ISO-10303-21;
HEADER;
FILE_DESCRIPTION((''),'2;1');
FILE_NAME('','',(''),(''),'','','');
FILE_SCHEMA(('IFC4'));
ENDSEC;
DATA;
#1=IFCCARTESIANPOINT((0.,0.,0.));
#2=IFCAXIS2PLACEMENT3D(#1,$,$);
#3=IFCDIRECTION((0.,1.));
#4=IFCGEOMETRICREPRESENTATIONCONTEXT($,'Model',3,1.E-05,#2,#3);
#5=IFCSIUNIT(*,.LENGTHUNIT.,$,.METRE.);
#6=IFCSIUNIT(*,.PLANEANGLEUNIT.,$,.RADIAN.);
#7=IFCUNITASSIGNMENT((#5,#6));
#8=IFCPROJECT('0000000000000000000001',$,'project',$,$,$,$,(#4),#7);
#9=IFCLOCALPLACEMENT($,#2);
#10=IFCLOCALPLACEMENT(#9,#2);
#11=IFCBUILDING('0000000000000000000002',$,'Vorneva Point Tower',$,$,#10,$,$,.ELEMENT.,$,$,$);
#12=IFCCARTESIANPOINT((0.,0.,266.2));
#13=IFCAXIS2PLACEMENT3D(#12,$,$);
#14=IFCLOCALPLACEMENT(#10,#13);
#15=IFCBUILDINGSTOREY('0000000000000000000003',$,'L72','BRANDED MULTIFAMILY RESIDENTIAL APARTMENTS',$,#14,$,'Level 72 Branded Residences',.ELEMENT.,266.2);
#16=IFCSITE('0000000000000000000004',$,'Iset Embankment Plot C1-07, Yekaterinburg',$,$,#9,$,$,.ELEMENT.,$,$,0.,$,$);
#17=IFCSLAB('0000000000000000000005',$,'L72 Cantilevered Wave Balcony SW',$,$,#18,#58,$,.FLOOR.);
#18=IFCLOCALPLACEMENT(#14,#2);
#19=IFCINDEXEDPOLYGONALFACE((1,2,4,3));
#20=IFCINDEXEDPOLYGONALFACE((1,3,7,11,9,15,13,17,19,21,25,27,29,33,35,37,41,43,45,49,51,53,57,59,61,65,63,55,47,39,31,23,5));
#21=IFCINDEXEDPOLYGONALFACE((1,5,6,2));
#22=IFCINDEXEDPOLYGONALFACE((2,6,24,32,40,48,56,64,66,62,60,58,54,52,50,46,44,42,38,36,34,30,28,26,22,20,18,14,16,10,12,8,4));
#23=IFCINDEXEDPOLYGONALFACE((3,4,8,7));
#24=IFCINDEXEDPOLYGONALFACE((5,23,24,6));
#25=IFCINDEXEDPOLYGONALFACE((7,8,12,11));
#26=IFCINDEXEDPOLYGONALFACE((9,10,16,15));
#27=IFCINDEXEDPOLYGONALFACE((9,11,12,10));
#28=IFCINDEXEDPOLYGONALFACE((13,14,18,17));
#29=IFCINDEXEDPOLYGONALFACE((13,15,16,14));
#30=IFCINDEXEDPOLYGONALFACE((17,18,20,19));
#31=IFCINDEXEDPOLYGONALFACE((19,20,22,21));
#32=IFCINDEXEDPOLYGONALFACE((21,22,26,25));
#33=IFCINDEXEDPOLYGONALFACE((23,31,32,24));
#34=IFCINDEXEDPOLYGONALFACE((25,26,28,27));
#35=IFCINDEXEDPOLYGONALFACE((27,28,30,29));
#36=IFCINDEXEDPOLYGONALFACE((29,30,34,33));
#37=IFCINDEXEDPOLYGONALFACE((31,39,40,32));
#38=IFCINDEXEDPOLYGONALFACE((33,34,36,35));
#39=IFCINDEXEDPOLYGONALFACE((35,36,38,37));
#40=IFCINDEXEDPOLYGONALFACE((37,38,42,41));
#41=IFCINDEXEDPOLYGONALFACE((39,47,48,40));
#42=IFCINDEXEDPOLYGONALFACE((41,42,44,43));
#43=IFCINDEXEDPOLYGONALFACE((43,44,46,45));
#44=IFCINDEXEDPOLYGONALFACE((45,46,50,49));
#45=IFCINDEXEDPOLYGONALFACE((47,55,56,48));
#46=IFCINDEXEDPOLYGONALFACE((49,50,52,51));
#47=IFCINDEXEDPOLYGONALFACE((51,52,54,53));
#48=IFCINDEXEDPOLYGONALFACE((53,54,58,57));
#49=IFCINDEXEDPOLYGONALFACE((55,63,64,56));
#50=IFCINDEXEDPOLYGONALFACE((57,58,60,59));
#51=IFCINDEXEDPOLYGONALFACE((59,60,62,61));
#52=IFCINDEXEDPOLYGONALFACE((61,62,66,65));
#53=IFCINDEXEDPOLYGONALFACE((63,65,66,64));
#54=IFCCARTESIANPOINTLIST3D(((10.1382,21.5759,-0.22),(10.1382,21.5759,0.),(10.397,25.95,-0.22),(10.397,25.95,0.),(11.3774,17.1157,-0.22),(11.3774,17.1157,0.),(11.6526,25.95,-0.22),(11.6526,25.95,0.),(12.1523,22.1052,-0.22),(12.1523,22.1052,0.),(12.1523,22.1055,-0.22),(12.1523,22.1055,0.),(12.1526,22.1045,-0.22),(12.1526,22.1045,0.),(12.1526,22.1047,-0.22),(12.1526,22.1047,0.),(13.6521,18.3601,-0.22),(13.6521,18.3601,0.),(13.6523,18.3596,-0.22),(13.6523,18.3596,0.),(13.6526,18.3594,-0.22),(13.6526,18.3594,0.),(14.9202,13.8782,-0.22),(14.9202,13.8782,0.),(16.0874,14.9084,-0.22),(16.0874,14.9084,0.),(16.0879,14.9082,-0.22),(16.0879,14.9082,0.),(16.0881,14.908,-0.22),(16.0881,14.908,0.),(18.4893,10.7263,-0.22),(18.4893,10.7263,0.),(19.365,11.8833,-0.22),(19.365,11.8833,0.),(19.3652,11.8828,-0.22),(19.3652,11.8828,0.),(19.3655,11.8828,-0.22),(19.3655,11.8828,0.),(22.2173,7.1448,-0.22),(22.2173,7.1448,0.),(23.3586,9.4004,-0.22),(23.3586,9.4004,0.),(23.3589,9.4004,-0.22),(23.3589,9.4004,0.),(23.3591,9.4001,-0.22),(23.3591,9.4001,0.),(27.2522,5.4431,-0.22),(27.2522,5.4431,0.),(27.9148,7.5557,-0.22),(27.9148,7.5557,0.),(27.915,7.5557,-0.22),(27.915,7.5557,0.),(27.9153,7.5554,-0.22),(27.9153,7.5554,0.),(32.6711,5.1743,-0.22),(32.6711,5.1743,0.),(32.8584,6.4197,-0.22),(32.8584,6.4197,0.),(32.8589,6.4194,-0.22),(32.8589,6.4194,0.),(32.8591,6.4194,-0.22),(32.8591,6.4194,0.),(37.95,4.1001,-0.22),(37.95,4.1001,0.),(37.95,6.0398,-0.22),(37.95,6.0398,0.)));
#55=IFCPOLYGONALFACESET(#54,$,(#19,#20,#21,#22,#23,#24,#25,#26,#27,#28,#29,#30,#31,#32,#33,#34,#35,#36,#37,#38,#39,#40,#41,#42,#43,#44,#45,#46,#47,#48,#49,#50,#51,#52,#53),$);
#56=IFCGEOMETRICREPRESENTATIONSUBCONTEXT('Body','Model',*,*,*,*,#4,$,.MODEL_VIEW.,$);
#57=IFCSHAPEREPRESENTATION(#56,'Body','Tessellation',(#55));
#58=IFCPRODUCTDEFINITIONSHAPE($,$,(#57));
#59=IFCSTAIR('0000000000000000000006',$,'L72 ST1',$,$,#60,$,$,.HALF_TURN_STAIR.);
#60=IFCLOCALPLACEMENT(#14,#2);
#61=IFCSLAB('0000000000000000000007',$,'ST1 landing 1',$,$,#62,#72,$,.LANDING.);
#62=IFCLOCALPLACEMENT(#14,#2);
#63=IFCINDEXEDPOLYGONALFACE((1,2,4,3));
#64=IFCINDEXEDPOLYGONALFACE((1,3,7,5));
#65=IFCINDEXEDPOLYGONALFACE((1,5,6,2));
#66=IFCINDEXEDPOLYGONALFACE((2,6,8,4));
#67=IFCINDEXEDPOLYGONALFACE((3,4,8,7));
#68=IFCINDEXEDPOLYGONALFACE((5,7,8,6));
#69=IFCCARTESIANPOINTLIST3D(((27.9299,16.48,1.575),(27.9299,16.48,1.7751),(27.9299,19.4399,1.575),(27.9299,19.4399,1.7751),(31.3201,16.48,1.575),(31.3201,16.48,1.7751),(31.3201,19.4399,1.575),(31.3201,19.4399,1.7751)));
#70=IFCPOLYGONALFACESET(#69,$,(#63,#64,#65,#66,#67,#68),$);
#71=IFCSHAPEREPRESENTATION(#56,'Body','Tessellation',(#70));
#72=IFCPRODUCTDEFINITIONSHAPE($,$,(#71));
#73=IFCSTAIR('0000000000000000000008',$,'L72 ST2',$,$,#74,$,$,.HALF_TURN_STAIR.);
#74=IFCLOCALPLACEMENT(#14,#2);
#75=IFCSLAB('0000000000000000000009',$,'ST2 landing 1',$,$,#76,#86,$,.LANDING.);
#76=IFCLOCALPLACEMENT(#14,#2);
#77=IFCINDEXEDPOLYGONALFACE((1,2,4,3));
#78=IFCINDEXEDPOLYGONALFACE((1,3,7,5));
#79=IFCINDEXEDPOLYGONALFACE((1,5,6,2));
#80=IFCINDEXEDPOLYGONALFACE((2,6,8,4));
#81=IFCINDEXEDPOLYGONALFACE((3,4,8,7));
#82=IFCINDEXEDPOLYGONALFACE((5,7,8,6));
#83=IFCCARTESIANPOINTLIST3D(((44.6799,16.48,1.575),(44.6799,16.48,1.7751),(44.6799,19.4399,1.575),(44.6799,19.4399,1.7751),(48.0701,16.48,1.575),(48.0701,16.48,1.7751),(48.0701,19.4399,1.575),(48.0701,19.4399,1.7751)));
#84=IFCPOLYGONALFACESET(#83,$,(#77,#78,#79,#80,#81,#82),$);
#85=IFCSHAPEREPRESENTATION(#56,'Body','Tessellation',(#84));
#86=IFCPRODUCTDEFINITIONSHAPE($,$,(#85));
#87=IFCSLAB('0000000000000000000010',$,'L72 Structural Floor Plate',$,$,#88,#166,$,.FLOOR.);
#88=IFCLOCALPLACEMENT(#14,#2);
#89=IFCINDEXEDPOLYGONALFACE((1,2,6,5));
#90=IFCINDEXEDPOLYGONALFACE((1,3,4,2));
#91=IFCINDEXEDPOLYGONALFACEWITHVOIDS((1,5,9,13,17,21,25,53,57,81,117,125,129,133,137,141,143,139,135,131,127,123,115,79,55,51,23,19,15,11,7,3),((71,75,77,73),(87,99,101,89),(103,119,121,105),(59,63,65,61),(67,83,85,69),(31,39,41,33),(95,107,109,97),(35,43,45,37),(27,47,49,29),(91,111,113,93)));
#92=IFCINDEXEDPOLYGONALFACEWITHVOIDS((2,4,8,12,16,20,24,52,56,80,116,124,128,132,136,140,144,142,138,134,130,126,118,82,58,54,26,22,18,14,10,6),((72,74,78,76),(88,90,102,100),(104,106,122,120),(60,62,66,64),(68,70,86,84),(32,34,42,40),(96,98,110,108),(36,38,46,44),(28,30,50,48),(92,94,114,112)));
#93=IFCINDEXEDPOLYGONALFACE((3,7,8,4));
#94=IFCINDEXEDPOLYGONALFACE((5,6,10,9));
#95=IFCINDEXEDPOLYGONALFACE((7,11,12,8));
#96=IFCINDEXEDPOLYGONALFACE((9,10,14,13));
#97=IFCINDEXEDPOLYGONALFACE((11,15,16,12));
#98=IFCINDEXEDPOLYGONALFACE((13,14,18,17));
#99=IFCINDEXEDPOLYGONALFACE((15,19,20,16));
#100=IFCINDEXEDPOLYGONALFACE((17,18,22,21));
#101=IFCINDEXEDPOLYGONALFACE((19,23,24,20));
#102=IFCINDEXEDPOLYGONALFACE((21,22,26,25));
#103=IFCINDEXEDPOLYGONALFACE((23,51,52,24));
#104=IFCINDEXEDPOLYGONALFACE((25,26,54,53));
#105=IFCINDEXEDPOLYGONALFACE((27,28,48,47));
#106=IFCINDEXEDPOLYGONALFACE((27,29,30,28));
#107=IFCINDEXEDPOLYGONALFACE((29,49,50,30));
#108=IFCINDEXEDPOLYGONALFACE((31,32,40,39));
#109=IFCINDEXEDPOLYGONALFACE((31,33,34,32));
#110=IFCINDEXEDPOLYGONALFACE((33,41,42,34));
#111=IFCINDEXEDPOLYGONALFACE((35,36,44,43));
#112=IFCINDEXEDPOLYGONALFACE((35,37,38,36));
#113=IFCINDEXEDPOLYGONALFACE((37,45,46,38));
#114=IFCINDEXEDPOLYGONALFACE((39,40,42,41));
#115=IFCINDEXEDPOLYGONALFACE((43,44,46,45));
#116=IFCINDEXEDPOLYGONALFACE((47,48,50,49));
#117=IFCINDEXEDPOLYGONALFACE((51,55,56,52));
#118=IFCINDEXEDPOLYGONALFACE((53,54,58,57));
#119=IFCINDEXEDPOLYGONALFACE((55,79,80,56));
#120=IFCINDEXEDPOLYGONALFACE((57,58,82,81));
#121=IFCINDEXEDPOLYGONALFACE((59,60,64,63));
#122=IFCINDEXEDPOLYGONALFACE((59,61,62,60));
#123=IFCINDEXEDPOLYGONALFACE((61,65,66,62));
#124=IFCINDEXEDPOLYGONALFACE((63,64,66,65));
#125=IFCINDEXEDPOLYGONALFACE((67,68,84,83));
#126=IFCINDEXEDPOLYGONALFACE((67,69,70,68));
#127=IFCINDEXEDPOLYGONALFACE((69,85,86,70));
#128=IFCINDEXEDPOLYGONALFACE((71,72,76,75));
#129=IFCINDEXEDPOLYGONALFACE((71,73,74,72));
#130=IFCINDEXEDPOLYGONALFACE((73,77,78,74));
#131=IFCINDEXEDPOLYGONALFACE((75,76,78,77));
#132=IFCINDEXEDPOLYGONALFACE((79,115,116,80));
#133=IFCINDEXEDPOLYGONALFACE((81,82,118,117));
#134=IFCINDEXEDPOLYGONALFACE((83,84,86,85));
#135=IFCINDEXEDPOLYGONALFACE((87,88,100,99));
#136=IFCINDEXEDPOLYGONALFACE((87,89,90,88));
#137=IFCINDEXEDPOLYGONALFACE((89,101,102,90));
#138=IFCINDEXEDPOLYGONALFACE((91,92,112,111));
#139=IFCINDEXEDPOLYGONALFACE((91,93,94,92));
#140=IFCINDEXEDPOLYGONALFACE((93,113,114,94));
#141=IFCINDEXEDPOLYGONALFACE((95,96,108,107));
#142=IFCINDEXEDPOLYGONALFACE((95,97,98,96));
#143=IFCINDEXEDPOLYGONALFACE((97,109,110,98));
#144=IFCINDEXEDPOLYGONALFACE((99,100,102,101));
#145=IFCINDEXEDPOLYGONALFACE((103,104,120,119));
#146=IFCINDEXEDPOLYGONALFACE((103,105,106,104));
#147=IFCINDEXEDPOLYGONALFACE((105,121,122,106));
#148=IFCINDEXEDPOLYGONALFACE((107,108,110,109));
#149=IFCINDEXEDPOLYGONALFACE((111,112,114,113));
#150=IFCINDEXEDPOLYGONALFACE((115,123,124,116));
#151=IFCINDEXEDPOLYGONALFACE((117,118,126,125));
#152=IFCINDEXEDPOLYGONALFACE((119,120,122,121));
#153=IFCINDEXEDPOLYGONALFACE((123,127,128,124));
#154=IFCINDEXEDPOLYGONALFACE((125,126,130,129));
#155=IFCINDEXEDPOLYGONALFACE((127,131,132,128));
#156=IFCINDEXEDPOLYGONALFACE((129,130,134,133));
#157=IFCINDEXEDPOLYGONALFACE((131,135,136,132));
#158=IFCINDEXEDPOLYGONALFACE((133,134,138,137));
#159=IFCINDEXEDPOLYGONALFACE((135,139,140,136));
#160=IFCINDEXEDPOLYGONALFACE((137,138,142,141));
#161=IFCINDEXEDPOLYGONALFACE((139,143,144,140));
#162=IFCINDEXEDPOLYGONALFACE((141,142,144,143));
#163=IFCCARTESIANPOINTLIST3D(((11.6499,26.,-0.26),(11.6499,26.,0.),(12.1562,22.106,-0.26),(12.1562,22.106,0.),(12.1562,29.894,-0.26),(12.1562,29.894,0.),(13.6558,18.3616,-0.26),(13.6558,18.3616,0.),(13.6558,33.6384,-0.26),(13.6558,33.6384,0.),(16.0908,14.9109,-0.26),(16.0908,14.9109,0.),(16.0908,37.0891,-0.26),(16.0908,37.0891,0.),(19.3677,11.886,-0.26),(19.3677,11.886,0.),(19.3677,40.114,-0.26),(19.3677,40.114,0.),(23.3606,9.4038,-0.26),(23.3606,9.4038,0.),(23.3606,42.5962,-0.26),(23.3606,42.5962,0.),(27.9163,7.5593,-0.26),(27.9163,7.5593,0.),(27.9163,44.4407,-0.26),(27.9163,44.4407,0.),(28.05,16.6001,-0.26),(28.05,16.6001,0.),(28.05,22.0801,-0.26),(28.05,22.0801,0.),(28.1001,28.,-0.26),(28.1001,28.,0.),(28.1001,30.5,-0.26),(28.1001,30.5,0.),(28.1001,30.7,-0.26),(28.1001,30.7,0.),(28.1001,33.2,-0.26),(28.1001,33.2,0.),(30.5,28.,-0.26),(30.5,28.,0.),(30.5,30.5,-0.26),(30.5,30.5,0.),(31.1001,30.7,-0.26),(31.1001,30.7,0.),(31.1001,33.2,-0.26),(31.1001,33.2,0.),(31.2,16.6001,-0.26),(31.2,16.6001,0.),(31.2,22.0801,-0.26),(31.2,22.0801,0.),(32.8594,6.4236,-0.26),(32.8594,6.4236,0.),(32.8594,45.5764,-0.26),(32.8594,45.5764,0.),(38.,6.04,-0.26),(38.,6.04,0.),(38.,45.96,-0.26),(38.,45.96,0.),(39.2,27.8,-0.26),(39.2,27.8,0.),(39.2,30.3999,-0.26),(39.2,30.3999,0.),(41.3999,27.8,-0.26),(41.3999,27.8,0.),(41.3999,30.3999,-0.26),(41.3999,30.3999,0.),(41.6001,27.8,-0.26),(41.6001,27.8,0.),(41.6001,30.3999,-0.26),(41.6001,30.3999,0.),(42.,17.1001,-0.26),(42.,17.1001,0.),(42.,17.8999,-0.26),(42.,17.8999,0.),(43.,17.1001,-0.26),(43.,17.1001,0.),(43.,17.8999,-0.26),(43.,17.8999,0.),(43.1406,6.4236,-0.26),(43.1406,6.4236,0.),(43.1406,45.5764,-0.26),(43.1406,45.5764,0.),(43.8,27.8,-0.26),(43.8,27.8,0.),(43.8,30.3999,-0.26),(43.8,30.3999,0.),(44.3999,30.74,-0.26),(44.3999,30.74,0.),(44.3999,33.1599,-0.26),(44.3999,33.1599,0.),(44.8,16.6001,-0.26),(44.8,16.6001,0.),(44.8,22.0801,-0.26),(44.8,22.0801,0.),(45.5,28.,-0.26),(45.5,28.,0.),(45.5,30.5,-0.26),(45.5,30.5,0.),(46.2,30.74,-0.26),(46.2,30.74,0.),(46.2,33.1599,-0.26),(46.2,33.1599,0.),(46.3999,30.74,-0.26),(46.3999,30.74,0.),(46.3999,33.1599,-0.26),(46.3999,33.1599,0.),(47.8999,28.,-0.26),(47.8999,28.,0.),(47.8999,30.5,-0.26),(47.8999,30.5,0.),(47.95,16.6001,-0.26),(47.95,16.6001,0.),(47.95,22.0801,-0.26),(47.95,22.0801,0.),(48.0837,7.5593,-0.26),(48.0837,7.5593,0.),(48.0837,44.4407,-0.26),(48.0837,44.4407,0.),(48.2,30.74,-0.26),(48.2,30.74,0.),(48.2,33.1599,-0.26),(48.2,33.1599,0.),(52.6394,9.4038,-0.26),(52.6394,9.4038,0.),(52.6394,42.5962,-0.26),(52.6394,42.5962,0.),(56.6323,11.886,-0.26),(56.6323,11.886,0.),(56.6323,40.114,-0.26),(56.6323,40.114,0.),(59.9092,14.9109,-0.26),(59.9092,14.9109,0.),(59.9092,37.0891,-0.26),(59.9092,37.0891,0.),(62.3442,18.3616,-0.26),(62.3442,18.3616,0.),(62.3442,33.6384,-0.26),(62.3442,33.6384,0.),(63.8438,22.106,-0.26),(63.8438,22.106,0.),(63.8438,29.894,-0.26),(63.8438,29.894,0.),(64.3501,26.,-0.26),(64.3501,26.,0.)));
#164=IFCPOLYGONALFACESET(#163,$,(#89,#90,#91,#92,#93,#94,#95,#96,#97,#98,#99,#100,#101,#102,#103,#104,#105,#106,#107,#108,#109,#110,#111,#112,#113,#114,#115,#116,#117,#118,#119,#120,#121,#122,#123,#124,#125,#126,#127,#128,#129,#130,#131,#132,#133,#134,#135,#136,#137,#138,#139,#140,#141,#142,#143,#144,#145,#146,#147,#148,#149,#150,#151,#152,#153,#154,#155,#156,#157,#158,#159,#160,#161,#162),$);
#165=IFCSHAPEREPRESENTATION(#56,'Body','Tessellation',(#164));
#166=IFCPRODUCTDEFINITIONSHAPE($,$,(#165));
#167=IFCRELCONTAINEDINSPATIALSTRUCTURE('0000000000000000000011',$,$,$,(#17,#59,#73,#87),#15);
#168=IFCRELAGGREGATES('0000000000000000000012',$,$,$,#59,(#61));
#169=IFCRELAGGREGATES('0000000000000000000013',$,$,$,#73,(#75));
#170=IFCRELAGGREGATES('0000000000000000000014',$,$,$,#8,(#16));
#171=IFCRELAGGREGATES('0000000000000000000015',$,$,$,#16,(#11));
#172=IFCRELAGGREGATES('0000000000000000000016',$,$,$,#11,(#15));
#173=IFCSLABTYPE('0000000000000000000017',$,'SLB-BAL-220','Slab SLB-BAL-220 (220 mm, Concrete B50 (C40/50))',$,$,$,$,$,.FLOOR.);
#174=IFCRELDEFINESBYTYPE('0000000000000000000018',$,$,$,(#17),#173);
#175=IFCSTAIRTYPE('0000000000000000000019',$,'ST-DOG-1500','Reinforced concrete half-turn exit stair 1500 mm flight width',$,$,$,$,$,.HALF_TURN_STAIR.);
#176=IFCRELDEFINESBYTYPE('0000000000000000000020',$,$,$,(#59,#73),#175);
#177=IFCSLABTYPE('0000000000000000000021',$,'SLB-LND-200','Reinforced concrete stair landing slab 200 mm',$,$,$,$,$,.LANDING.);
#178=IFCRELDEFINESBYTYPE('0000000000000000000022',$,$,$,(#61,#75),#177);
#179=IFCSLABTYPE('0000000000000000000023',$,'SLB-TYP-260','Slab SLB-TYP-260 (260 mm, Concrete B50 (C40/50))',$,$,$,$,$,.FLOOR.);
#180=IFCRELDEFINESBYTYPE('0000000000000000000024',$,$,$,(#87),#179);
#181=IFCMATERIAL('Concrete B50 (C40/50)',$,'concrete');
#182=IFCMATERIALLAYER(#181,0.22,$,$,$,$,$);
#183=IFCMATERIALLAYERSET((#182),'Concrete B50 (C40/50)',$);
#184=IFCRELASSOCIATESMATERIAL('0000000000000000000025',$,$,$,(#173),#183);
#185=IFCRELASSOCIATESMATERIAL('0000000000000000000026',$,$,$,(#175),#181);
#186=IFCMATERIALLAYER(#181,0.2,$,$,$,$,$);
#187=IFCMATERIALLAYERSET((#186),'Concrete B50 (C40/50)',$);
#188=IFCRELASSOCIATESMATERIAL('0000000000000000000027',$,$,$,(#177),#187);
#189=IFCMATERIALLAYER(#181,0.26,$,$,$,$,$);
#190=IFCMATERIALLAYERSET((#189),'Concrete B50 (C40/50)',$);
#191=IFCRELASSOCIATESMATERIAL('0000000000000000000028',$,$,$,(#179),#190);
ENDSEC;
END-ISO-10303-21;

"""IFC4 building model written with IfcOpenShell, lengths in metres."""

from ifc_helpers import new_model, si_unit, direction, frame, origin, place, context, subcontext, project, spatial, polyline, outline, extrude, material, layer, layer_set, type_object, element, aggregate, save


model = new_model("IFC4")

# Units and contexts
model_context = context("Model", 3, precision=1e-05, world=origin(), true_north=direction((0.0, 1.0)))
body_context = subcontext(model_context, "Body", "Model", "MODEL_VIEW")
ifc_project = project(units=[si_unit("LENGTHUNIT", "METRE"), si_unit("PLANEANGLEUNIT", "RADIAN")], contexts=[model_context])

# Site, building, storey
site_placement = place(None, origin())
site = spatial("IfcSite", under=ifc_project, at=site_placement, Name="Iset Embankment Plot C1-07, Yekaterinburg", CompositionType="ELEMENT", RefElevation=0.0)
building_placement = place(site_placement, origin())
building = spatial("IfcBuilding", under=site, at=building_placement, Name="Vorneva Point Tower", CompositionType="ELEMENT")
storey_placement = place(building_placement, frame((0.0, 0.0, 266.2)))
storey = spatial("IfcBuildingStorey", under=building, at=storey_placement, Name="L72", Description="BRANDED MULTIFAMILY RESIDENTIAL APARTMENTS", LongName="Level 72 Branded Residences", CompositionType="ELEMENT", Elevation=266.2)

# Shared definitions
ifc_material_1 = material(Name="Concrete B50 (C40/50)", Category="concrete")

# Slab
ifc_layer_1 = layer(ifc_material_1, 0.22)
ifc_layer_set_1 = layer_set([ifc_layer_1], Name="Concrete B50 (C40/50)")
slab_type_1 = type_object("IfcSlabType", Name="SLB-BAL-220", Description="Slab SLB-BAL-220 (220 mm, Concrete B50 (C40/50))", PredefinedType="FLOOR", material=ifc_layer_set_1)
slab_1_placement = place(storey_placement, frame((0.0, 0.0, -0.22)))
element("IfcSlab", 1, at=slab_1_placement, inside=storey, type_object=slab_type_1, Name="L72 Cantilevered Wave Balcony SW", PredefinedType="FLOOR", context=body_context, shape_type="SweptSolid", body=[
    extrude(outline(polyline([(37.95, 4.1001), (37.95, 6.0398), (32.8591, 6.4194), (32.8589, 6.4194), (32.8584, 6.4197), (27.9153, 7.5554), (27.915, 7.5557), (27.9148, 7.5557), (23.3591, 9.4001), (23.3589, 9.4004), (23.3586, 9.4004), (19.3655, 11.8828), (19.3652, 11.8828), (19.365, 11.8833), (16.0881, 14.908), (16.0879, 14.9082), (16.0874, 14.9084), (13.6526, 18.3594), (13.6523, 18.3596), (13.6521, 18.3601), (12.1526, 22.1045), (12.1526, 22.1047), (12.1523, 22.1052), (12.1523, 22.1055), (11.6526, 25.95), (10.397, 25.95), (10.1382, 21.5759), (11.3774, 17.1157), (14.9202, 13.8782), (18.4893, 10.7263), (22.2173, 7.1448), (27.2522, 5.4431), (32.6711, 5.1743), (37.95, 4.1001)])), origin(), (0.0, 0.0, 1.0), 0.22),
])

# Stairs, slabs
stair_type = type_object("IfcStairType", Name="ST-DOG-1500", Description="Reinforced concrete half-turn exit stair 1500 mm flight width", PredefinedType="HALF_TURN_STAIR", material=ifc_material_1)
stair_1_placement = place(storey_placement, origin())
stair_1 = element("IfcStair", 2, at=stair_1_placement, inside=storey, type_object=stair_type, Name="L72 ST1", PredefinedType="HALF_TURN_STAIR")
ifc_layer_2 = layer(ifc_material_1, 0.2)
ifc_layer_set_2 = layer_set([ifc_layer_2], Name="Concrete B50 (C40/50)")
slab_type_2 = type_object("IfcSlabType", Name="SLB-LND-200", Description="Reinforced concrete stair landing slab 200 mm", PredefinedType="LANDING", material=ifc_layer_set_2)
slab_2_placement = place(storey_placement, frame((0.0, 0.0, 1.575)))
slab_2 = element("IfcSlab", 3, at=slab_2_placement, type_object=slab_type_2, Name="ST1 landing 1", PredefinedType="LANDING", context=body_context, shape_type="SweptSolid", body=[
    extrude(outline(polyline([(27.9299, 16.48), (31.3201, 16.48), (31.3201, 19.4399), (27.9299, 19.4399), (27.9299, 16.48)])), origin(), (0.0, 0.0, 1.0), 0.2002),
])
aggregate(stair_1, [slab_2])
stair_2_placement = place(storey_placement, origin())
stair_2 = element("IfcStair", 4, at=stair_2_placement, inside=storey, type_object=stair_type, Name="L72 ST2", PredefinedType="HALF_TURN_STAIR")
slab_3_placement = place(storey_placement, frame((0.0, 0.0, 1.575)))
slab_3 = element("IfcSlab", 5, at=slab_3_placement, type_object=slab_type_2, Name="ST2 landing 1", PredefinedType="LANDING", context=body_context, shape_type="SweptSolid", body=[
    extrude(outline(polyline([(44.6799, 16.48), (48.0701, 16.48), (48.0701, 19.4399), (44.6799, 19.4399), (44.6799, 16.48)])), origin(), (0.0, 0.0, 1.0), 0.2002),
])
aggregate(stair_2, [slab_3])

# Slab
ifc_layer_3 = layer(ifc_material_1, 0.26)
ifc_layer_set_3 = layer_set([ifc_layer_3], Name="Concrete B50 (C40/50)")
slab_type_3 = type_object("IfcSlabType", Name="SLB-TYP-260", Description="Slab SLB-TYP-260 (260 mm, Concrete B50 (C40/50))", PredefinedType="FLOOR", material=ifc_layer_set_3)
slab_4_placement = place(storey_placement, frame((0.0, 0.0, -0.26)))
element("IfcSlab", 6, at=slab_4_placement, inside=storey, type_object=slab_type_3, Name="L72 Structural Floor Plate", PredefinedType="FLOOR", context=body_context, shape_type="SweptSolid", body=[
    extrude(outline(polyline([(64.3501, 26.0), (63.8438, 29.894), (62.3442, 33.6384), (59.9092, 37.0891), (56.6323, 40.114), (52.6394, 42.5962), (48.0837, 44.4407), (43.1406, 45.5764), (38.0, 45.96), (32.8594, 45.5764), (27.9163, 44.4407), (23.3606, 42.5962), (19.3677, 40.114), (16.0908, 37.0891), (13.6558, 33.6384), (12.1562, 29.894), (11.6499, 26.0), (12.1562, 22.106), (13.6558, 18.3616), (16.0908, 14.9109), (19.3677, 11.886), (23.3606, 9.4038), (27.9163, 7.5593), (32.8594, 6.4236), (38.0, 6.04), (43.1406, 6.4236), (48.0837, 7.5593), (52.6394, 9.4038), (56.6323, 11.886), (59.9092, 14.9109), (62.3442, 18.3616), (63.8438, 22.106), (64.3501, 26.0)]), holes=[polyline([(39.2, 27.8), (41.3999, 27.8), (41.3999, 30.3999), (39.2, 30.3999), (39.2, 27.8)]), polyline([(41.6001, 27.8), (43.8, 27.8), (43.8, 30.3999), (41.6001, 30.3999), (41.6001, 27.8)]), polyline([(44.3999, 30.74), (46.2, 30.74), (46.2, 33.1599), (44.3999, 33.1599), (44.3999, 30.74)]), polyline([(46.3999, 30.74), (48.2, 30.74), (48.2, 33.1599), (46.3999, 33.1599), (46.3999, 30.74)]), polyline([(28.1001, 28.0), (30.5, 28.0), (30.5, 30.5), (28.1001, 30.5), (28.1001, 28.0)]), polyline([(45.5, 28.0), (47.8999, 28.0), (47.8999, 30.5), (45.5, 30.5), (45.5, 28.0)]), polyline([(28.1001, 30.7), (31.1001, 30.7), (31.1001, 33.2), (28.1001, 33.2), (28.1001, 30.7)]), polyline([(28.05, 16.6001), (31.2, 16.6001), (31.2, 22.0801), (28.05, 22.0801), (28.05, 16.6001)]), polyline([(44.8, 16.6001), (47.95, 16.6001), (47.95, 22.0801), (44.8, 22.0801), (44.8, 16.6001)]), polyline([(42.0, 17.1001), (43.0, 17.1001), (43.0, 17.8999), (42.0, 17.8999), (42.0, 17.1001)])]), origin(), (0.0, 0.0, 1.0), 0.26),
])

save(model, "model.ifc")
